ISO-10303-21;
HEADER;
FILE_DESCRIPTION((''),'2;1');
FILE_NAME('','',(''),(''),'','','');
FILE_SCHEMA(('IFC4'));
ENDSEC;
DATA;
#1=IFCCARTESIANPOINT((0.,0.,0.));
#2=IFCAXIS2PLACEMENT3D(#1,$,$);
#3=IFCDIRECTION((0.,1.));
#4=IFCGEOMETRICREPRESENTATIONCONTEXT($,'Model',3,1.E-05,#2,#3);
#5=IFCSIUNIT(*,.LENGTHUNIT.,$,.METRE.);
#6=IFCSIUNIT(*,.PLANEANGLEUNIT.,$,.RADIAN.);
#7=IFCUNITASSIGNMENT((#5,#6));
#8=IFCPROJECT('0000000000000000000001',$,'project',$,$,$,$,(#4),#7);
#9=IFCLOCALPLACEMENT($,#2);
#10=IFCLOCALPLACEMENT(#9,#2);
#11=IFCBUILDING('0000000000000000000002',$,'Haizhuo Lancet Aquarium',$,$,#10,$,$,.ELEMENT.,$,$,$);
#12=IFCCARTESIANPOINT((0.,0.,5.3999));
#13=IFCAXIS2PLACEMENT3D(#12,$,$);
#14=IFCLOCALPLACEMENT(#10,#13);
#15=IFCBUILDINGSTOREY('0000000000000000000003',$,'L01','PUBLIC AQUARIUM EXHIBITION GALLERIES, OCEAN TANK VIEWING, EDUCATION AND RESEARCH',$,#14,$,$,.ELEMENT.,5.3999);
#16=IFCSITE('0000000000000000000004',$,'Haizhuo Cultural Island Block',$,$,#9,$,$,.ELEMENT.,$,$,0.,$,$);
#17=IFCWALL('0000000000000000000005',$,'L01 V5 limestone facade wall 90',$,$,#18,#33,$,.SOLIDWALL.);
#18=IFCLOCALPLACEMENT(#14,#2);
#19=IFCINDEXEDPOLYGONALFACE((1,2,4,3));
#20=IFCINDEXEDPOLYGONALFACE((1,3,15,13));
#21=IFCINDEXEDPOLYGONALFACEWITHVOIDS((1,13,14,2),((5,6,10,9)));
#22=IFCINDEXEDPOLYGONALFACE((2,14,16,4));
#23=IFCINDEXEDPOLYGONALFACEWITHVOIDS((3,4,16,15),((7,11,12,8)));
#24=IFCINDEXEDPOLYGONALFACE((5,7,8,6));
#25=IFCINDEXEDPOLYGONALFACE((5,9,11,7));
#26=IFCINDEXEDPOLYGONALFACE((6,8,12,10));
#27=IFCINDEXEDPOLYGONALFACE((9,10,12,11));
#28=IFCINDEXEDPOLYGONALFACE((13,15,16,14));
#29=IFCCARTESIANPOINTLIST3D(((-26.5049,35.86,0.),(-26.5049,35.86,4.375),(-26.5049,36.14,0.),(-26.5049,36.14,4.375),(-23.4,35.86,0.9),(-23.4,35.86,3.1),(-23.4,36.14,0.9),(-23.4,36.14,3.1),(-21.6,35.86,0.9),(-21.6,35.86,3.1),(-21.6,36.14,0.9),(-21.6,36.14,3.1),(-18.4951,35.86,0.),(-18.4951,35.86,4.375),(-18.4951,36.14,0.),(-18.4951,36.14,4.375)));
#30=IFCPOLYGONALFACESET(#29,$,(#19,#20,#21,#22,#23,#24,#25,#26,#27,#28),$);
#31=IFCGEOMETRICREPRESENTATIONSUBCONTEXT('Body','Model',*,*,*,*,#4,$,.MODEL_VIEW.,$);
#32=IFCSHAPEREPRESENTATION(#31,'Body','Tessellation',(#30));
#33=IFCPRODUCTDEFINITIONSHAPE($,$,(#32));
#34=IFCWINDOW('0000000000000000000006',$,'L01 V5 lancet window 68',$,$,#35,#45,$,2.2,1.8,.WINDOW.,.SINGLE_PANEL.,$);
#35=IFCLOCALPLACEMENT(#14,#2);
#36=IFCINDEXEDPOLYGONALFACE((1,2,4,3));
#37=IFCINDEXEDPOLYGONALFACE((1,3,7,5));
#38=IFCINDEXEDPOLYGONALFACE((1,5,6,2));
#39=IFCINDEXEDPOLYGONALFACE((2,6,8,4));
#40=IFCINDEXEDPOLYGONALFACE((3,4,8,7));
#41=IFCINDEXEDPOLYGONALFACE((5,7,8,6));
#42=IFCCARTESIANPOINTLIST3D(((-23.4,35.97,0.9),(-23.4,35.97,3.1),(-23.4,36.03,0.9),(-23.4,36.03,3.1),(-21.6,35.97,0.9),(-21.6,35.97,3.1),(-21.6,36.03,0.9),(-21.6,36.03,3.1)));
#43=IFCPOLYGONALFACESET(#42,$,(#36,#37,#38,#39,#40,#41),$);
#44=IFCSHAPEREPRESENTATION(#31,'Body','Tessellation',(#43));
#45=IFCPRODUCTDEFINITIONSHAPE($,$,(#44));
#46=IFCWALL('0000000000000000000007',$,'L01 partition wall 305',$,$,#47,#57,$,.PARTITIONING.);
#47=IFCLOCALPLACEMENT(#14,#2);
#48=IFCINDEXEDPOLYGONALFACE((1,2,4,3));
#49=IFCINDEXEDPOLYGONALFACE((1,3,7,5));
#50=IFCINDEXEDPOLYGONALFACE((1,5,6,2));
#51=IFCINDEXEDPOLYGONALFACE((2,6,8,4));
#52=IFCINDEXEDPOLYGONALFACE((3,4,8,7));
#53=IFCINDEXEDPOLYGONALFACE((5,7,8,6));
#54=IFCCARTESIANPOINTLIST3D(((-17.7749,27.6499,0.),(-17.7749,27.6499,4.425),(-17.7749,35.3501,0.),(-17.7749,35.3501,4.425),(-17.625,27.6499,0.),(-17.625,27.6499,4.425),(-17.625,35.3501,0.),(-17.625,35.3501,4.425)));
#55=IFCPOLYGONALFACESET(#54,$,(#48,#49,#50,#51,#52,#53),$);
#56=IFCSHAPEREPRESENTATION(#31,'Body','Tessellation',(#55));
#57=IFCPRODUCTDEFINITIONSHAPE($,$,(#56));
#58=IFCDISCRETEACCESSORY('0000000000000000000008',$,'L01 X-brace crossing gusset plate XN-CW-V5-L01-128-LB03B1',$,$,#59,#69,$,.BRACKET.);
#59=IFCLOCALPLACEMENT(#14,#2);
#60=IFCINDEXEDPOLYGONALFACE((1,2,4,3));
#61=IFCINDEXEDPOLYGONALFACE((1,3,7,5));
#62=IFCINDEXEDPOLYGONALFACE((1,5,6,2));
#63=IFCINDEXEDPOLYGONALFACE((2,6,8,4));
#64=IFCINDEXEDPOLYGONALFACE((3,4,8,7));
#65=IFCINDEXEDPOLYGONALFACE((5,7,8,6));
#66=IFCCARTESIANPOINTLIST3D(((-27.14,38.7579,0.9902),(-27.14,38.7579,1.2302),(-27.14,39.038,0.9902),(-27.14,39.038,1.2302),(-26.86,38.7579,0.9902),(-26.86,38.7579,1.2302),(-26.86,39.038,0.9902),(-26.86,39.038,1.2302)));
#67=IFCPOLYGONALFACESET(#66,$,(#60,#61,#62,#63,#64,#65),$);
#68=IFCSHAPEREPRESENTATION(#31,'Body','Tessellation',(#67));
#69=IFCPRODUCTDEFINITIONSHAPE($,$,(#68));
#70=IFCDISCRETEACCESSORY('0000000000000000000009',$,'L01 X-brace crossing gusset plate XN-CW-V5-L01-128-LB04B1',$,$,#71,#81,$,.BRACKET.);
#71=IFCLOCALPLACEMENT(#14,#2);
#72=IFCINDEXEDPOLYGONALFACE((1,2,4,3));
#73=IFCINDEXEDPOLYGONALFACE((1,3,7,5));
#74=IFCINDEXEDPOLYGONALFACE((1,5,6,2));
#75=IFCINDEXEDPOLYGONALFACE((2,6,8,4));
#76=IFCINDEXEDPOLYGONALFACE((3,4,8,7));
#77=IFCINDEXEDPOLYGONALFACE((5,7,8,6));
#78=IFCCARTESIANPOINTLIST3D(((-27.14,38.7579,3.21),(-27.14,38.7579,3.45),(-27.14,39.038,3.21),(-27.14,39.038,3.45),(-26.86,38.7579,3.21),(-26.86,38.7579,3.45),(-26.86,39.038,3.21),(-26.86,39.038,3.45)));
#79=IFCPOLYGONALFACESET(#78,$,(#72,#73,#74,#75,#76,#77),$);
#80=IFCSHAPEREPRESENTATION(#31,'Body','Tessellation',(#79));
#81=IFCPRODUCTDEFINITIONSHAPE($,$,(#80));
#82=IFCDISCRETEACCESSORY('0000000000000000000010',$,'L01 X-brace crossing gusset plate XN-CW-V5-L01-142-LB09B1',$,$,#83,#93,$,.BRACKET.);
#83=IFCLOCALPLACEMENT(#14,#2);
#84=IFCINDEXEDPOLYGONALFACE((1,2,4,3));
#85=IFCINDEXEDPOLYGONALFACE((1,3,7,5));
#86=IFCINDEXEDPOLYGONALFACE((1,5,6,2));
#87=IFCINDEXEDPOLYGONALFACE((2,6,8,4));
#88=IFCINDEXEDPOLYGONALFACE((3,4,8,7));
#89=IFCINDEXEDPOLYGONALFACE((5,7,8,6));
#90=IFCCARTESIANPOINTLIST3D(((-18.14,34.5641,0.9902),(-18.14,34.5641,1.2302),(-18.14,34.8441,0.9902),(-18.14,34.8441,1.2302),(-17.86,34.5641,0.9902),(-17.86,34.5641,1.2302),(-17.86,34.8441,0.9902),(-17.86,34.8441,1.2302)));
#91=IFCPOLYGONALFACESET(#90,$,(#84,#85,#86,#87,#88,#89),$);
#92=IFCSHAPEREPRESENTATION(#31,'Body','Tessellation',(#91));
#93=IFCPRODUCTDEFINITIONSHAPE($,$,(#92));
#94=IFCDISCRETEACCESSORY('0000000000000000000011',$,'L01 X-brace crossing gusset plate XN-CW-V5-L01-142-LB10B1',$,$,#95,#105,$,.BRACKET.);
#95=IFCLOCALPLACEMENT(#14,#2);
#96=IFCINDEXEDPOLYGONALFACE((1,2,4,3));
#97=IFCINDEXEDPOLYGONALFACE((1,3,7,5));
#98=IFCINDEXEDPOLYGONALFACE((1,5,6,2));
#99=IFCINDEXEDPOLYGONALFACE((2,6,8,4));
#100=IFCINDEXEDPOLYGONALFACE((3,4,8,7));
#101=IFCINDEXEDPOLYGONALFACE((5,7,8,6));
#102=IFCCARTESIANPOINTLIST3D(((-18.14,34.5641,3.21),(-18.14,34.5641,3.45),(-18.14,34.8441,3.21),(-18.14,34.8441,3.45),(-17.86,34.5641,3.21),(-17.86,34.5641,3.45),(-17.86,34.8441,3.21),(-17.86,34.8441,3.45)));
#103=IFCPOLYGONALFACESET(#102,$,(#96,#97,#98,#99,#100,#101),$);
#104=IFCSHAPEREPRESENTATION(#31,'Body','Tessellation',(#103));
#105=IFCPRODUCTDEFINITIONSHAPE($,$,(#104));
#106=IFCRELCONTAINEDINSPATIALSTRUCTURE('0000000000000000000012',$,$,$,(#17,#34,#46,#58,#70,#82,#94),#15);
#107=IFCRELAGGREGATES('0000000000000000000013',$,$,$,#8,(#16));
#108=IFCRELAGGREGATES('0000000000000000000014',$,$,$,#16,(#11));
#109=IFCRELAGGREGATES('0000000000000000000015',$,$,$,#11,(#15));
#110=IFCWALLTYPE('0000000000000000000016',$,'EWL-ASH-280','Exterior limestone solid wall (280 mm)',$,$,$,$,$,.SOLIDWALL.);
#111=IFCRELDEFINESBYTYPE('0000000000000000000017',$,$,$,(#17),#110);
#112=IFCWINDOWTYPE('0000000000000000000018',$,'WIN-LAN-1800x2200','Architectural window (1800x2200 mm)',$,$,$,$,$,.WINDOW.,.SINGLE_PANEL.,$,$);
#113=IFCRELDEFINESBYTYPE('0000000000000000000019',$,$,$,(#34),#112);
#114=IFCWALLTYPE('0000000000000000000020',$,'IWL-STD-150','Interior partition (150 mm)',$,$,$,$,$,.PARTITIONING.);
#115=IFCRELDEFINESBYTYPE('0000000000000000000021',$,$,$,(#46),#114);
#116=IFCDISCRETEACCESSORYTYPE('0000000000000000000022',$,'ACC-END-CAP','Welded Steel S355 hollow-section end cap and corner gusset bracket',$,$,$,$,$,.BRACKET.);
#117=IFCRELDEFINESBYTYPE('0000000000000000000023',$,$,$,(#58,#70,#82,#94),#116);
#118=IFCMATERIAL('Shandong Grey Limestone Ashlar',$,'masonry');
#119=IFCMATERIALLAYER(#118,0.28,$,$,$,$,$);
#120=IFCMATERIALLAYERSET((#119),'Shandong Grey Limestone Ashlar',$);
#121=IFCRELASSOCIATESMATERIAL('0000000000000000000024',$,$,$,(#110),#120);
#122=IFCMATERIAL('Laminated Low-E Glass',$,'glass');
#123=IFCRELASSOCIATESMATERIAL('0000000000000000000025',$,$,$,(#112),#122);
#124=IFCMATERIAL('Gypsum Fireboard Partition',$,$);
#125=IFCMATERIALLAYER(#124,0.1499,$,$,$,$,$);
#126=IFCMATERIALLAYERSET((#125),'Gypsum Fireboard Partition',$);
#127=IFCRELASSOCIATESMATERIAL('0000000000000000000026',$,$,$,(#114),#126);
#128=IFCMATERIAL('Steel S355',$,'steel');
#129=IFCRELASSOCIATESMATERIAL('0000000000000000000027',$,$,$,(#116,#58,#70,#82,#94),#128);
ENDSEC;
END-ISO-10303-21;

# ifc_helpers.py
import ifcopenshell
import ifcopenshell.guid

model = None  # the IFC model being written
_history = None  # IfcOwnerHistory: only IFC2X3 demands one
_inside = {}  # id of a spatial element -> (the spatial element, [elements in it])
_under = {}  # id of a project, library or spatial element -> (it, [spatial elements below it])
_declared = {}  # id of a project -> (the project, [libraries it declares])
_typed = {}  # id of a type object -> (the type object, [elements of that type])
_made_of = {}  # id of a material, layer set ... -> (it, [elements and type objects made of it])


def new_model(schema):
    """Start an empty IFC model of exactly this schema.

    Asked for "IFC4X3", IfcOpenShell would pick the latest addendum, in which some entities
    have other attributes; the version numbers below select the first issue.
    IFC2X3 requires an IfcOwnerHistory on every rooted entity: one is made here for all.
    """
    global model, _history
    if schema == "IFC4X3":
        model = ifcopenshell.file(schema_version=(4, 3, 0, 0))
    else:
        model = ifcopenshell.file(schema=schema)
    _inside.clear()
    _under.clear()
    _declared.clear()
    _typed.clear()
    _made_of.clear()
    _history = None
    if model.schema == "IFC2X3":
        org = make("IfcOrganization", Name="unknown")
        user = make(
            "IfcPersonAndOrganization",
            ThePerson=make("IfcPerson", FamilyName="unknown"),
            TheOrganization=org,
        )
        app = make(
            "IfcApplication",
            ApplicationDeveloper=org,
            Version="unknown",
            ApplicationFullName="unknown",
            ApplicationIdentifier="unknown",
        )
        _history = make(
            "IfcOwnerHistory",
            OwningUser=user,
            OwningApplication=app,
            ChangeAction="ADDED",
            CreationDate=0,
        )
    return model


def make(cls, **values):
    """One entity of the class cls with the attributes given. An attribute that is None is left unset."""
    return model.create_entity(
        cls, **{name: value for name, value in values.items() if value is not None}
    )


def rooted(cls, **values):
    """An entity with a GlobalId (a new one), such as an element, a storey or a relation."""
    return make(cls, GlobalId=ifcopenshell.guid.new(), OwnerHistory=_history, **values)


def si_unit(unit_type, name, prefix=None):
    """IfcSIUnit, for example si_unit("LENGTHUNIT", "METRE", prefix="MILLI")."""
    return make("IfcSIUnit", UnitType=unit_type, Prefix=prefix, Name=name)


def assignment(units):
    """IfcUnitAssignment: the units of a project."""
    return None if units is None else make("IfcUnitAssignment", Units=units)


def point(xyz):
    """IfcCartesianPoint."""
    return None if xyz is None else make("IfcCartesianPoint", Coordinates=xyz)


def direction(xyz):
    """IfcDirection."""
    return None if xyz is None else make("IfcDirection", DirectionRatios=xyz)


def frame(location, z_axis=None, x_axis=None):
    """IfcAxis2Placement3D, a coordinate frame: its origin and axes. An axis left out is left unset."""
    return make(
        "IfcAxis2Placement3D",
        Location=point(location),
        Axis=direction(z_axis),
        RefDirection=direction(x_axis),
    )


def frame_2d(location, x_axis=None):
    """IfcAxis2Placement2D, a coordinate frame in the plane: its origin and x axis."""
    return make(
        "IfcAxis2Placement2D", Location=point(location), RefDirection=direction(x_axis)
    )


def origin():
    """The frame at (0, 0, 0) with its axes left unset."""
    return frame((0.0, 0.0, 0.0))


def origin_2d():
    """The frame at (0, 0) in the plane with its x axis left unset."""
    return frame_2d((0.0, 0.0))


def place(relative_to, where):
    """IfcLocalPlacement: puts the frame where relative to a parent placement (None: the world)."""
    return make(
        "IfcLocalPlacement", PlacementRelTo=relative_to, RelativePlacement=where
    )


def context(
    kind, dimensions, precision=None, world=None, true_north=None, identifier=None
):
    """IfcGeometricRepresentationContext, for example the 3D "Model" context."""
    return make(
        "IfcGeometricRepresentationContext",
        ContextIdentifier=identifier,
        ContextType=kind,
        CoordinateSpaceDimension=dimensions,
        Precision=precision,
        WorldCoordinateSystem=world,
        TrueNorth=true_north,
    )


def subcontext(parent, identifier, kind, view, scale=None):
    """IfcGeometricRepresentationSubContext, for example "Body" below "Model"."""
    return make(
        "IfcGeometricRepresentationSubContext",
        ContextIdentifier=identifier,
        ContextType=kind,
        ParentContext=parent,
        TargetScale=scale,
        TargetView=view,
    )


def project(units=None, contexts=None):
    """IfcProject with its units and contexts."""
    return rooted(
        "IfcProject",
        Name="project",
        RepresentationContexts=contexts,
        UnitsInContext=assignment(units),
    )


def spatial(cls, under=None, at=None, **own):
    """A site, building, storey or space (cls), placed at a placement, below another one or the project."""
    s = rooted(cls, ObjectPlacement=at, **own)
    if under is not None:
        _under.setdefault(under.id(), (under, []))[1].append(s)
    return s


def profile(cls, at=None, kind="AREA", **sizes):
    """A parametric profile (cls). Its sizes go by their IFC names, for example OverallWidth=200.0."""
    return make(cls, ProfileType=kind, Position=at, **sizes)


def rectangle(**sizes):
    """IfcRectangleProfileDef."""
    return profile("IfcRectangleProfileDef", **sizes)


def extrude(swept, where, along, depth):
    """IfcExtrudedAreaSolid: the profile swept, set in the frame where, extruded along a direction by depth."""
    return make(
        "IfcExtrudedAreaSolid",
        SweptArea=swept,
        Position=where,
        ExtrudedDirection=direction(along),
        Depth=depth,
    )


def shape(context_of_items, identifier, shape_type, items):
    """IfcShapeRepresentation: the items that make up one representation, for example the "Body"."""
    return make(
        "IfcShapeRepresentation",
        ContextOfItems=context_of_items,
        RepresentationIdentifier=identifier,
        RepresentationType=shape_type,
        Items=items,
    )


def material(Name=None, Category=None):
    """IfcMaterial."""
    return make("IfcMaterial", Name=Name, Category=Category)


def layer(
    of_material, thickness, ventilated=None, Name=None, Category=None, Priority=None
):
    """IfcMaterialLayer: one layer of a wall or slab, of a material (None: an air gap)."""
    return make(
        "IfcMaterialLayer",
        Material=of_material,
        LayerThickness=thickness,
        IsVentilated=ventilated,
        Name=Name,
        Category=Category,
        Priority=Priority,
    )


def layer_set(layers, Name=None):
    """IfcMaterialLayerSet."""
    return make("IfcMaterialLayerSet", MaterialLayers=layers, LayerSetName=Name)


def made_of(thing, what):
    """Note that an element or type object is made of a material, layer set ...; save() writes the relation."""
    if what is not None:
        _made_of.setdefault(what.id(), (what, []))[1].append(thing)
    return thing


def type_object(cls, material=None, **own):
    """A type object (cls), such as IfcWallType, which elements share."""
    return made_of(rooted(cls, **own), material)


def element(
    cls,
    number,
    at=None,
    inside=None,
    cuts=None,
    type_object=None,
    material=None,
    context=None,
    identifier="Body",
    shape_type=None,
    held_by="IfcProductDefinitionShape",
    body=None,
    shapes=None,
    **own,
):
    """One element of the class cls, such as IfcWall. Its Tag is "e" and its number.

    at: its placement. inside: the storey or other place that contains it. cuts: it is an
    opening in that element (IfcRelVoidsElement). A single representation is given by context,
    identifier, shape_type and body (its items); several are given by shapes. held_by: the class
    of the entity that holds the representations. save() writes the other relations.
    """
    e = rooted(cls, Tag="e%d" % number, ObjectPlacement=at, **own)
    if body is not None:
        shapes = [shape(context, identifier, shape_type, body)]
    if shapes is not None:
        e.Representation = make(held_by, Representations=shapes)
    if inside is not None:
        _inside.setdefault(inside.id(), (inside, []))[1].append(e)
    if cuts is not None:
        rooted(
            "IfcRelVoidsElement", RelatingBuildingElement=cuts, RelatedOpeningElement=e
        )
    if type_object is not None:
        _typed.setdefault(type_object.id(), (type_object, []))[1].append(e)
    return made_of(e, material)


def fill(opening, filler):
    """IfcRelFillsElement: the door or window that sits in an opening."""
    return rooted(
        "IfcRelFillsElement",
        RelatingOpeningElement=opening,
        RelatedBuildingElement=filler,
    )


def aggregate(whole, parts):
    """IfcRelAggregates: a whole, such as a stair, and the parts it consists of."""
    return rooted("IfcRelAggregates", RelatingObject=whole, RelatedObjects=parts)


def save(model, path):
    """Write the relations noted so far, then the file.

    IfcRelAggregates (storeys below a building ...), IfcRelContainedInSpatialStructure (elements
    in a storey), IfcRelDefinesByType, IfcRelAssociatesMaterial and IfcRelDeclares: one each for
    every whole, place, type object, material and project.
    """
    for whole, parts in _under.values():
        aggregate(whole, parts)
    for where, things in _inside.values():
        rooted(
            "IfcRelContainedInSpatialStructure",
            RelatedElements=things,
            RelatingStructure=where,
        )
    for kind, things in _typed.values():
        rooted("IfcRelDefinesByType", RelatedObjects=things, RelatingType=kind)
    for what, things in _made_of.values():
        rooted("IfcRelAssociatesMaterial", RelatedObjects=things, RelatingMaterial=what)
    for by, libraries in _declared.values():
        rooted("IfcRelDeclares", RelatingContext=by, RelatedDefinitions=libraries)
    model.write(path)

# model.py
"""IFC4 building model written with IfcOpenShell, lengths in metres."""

from ifc_helpers import new_model, si_unit, direction, frame, frame_2d, origin, origin_2d, place, context, subcontext, project, spatial, rectangle, extrude, material, layer, layer_set, type_object, element, fill, save


model = new_model("IFC4")

# Units and contexts
model_context = context("Model", 3, precision=1e-05, world=origin(), true_north=direction((0.0, 1.0)))
body_context = subcontext(model_context, "Body", "Model", "MODEL_VIEW")
ifc_project = project(units=[si_unit("LENGTHUNIT", "METRE"), si_unit("PLANEANGLEUNIT", "RADIAN")], contexts=[model_context])

# Site, building, storey
site_placement = place(None, origin())
site = spatial("IfcSite", under=ifc_project, at=site_placement, Name="Haizhuo Cultural Island Block", CompositionType="ELEMENT", RefElevation=0.0)
building_placement = place(site_placement, origin())
building = spatial("IfcBuilding", under=site, at=building_placement, Name="Haizhuo Lancet Aquarium", CompositionType="ELEMENT")
storey_placement = place(building_placement, frame((0.0, 0.0, 5.3999)))
storey = spatial("IfcBuildingStorey", under=building, at=storey_placement, Name="L01", Description="PUBLIC AQUARIUM EXHIBITION GALLERIES, OCEAN TANK VIEWING, EDUCATION AND RESEARCH", CompositionType="ELEMENT", Elevation=5.3999)

# Shared definitions
ifc_material_1 = material(Name="Steel S355", Category="steel")

# Shared definitions
ifc_material_2 = material(Name="Laminated Low-E Glass", Category="glass")

# Wall, opening, window
ifc_material_3 = material(Name="Shandong Grey Limestone Ashlar", Category="masonry")
ifc_layer_1 = layer(ifc_material_3, 0.28)
ifc_layer_set_1 = layer_set([ifc_layer_1], Name="Shandong Grey Limestone Ashlar")
wall_type_1 = type_object("IfcWallType", Name="EWL-ASH-280", Description="Exterior limestone solid wall (280 mm)", PredefinedType="SOLIDWALL", material=ifc_layer_set_1)
wall_1_placement = place(storey_placement, frame((-18.4951, 36.0, 0.0), z_axis=(0.0, 0.0, 1.0), x_axis=(-1.0, 0.0, 0.0)))
wall_1 = element("IfcWall", 1, at=wall_1_placement, inside=storey, type_object=wall_type_1, Name="L01 V5 limestone facade wall 90", PredefinedType="SOLIDWALL", context=body_context, shape_type="SweptSolid", body=[
    extrude(rectangle(XDim=8.0098, YDim=0.28, at=frame_2d((4.0049, 0.0))), origin(), (0.0, 0.0, 1.0), 4.375),
])
opening_placement = place(wall_1_placement, frame((3.105, 0.0, 0.8999)))
opening = element("IfcOpeningElement", 2, at=opening_placement, cuts=wall_1, PredefinedType="OPENING", context=body_context, shape_type="SweptSolid", body=[
    extrude(rectangle(XDim=1.8, YDim=2.2, at=frame_2d((0.8999, 1.1001))), frame((0.0, 0.1499, 0.0), z_axis=(0.0, -1.0, 0.0), x_axis=(1.0, 0.0, 0.0)), (0.0, 0.0, 1.0), 0.3),
])
window_type = type_object("IfcWindowType", Name="WIN-LAN-1800x2200", Description="Architectural window (1800x2200 mm)", PartitioningType="SINGLE_PANEL", PredefinedType="WINDOW", material=ifc_material_2)
window_placement = place(opening_placement, origin())
window = element("IfcWindow", 3, at=window_placement, inside=storey, type_object=window_type, Name="L01 V5 lancet window 68", OverallHeight=2.2, OverallWidth=1.8, PartitioningType="SINGLE_PANEL", PredefinedType="WINDOW", context=body_context, shape_type="SweptSolid", body=[
    extrude(rectangle(XDim=1.8, YDim=2.2, at=frame_2d((0.8999, 1.1001))), frame((0.0, 0.03, 0.0), z_axis=(0.0, -1.0, 0.0), x_axis=(1.0, 0.0, 0.0)), (0.0, 0.0, 1.0), 0.0601),
])
fill(opening, window)

# Wall
ifc_material_4 = material(Name="Gypsum Fireboard Partition")
ifc_layer_2 = layer(ifc_material_4, 0.1499)
ifc_layer_set_2 = layer_set([ifc_layer_2], Name="Gypsum Fireboard Partition")
wall_type_2 = type_object("IfcWallType", Name="IWL-STD-150", Description="Interior partition (150 mm)", PredefinedType="PARTITIONING", material=ifc_layer_set_2)
wall_2_placement = place(storey_placement, frame((-17.7, 35.3501, 0.0), z_axis=(0.0, 0.0, 1.0), x_axis=(0.0, -1.0, 0.0)))
element("IfcWall", 4, at=wall_2_placement, inside=storey, type_object=wall_type_2, Name="L01 partition wall 305", PredefinedType="PARTITIONING", context=body_context, shape_type="SweptSolid", body=[
    extrude(rectangle(XDim=7.7002, YDim=0.1499, at=frame_2d((3.8501, 0.0))), origin(), (0.0, 0.0, 1.0), 4.425),
])

# Discrete accessories
discrete_accessory_type = type_object("IfcDiscreteAccessoryType", Name="ACC-END-CAP", Description="Welded Steel S355 hollow-section end cap and corner gusset bracket", PredefinedType="BRACKET", material=ifc_material_1)
for number, where, z_axis, x_axis, name in (
    (5, (-27.0, 38.8979, 0.9902), (0.0, 0.0, 1.0), (1.0, 0.0, 0.0), "L01 X-brace crossing gusset plate XN-CW-V5-L01-128-LB03B1"),
    (6, (-27.0, 38.8979, 3.21), (0.0, 0.0, 1.0), (1.0, 0.0, 0.0), "L01 X-brace crossing gusset plate XN-CW-V5-L01-128-LB04B1"),
    (7, (-18.0, 34.7041, 0.9902), (0.0, 0.0, 1.0), (1.0, 0.0, 0.0), "L01 X-brace crossing gusset plate XN-CW-V5-L01-142-LB09B1"),
    (8, (-18.0, 34.7041, 3.21), (0.0, 0.0, 1.0), (1.0, 0.0, 0.0), "L01 X-brace crossing gusset plate XN-CW-V5-L01-142-LB10B1"),
):
    element("IfcDiscreteAccessory", number, at=place(storey_placement, frame(where, z_axis=z_axis, x_axis=x_axis)), inside=storey, type_object=discrete_accessory_type, material=ifc_material_1, Name=name, PredefinedType="BRACKET", context=body_context, shape_type="SweptSolid", body=[
        extrude(rectangle(XDim=0.28, YDim=0.28, at=origin_2d()), origin(), (0.0, 0.0, 1.0), 0.24),
    ])

save(model, "model.ifc")
